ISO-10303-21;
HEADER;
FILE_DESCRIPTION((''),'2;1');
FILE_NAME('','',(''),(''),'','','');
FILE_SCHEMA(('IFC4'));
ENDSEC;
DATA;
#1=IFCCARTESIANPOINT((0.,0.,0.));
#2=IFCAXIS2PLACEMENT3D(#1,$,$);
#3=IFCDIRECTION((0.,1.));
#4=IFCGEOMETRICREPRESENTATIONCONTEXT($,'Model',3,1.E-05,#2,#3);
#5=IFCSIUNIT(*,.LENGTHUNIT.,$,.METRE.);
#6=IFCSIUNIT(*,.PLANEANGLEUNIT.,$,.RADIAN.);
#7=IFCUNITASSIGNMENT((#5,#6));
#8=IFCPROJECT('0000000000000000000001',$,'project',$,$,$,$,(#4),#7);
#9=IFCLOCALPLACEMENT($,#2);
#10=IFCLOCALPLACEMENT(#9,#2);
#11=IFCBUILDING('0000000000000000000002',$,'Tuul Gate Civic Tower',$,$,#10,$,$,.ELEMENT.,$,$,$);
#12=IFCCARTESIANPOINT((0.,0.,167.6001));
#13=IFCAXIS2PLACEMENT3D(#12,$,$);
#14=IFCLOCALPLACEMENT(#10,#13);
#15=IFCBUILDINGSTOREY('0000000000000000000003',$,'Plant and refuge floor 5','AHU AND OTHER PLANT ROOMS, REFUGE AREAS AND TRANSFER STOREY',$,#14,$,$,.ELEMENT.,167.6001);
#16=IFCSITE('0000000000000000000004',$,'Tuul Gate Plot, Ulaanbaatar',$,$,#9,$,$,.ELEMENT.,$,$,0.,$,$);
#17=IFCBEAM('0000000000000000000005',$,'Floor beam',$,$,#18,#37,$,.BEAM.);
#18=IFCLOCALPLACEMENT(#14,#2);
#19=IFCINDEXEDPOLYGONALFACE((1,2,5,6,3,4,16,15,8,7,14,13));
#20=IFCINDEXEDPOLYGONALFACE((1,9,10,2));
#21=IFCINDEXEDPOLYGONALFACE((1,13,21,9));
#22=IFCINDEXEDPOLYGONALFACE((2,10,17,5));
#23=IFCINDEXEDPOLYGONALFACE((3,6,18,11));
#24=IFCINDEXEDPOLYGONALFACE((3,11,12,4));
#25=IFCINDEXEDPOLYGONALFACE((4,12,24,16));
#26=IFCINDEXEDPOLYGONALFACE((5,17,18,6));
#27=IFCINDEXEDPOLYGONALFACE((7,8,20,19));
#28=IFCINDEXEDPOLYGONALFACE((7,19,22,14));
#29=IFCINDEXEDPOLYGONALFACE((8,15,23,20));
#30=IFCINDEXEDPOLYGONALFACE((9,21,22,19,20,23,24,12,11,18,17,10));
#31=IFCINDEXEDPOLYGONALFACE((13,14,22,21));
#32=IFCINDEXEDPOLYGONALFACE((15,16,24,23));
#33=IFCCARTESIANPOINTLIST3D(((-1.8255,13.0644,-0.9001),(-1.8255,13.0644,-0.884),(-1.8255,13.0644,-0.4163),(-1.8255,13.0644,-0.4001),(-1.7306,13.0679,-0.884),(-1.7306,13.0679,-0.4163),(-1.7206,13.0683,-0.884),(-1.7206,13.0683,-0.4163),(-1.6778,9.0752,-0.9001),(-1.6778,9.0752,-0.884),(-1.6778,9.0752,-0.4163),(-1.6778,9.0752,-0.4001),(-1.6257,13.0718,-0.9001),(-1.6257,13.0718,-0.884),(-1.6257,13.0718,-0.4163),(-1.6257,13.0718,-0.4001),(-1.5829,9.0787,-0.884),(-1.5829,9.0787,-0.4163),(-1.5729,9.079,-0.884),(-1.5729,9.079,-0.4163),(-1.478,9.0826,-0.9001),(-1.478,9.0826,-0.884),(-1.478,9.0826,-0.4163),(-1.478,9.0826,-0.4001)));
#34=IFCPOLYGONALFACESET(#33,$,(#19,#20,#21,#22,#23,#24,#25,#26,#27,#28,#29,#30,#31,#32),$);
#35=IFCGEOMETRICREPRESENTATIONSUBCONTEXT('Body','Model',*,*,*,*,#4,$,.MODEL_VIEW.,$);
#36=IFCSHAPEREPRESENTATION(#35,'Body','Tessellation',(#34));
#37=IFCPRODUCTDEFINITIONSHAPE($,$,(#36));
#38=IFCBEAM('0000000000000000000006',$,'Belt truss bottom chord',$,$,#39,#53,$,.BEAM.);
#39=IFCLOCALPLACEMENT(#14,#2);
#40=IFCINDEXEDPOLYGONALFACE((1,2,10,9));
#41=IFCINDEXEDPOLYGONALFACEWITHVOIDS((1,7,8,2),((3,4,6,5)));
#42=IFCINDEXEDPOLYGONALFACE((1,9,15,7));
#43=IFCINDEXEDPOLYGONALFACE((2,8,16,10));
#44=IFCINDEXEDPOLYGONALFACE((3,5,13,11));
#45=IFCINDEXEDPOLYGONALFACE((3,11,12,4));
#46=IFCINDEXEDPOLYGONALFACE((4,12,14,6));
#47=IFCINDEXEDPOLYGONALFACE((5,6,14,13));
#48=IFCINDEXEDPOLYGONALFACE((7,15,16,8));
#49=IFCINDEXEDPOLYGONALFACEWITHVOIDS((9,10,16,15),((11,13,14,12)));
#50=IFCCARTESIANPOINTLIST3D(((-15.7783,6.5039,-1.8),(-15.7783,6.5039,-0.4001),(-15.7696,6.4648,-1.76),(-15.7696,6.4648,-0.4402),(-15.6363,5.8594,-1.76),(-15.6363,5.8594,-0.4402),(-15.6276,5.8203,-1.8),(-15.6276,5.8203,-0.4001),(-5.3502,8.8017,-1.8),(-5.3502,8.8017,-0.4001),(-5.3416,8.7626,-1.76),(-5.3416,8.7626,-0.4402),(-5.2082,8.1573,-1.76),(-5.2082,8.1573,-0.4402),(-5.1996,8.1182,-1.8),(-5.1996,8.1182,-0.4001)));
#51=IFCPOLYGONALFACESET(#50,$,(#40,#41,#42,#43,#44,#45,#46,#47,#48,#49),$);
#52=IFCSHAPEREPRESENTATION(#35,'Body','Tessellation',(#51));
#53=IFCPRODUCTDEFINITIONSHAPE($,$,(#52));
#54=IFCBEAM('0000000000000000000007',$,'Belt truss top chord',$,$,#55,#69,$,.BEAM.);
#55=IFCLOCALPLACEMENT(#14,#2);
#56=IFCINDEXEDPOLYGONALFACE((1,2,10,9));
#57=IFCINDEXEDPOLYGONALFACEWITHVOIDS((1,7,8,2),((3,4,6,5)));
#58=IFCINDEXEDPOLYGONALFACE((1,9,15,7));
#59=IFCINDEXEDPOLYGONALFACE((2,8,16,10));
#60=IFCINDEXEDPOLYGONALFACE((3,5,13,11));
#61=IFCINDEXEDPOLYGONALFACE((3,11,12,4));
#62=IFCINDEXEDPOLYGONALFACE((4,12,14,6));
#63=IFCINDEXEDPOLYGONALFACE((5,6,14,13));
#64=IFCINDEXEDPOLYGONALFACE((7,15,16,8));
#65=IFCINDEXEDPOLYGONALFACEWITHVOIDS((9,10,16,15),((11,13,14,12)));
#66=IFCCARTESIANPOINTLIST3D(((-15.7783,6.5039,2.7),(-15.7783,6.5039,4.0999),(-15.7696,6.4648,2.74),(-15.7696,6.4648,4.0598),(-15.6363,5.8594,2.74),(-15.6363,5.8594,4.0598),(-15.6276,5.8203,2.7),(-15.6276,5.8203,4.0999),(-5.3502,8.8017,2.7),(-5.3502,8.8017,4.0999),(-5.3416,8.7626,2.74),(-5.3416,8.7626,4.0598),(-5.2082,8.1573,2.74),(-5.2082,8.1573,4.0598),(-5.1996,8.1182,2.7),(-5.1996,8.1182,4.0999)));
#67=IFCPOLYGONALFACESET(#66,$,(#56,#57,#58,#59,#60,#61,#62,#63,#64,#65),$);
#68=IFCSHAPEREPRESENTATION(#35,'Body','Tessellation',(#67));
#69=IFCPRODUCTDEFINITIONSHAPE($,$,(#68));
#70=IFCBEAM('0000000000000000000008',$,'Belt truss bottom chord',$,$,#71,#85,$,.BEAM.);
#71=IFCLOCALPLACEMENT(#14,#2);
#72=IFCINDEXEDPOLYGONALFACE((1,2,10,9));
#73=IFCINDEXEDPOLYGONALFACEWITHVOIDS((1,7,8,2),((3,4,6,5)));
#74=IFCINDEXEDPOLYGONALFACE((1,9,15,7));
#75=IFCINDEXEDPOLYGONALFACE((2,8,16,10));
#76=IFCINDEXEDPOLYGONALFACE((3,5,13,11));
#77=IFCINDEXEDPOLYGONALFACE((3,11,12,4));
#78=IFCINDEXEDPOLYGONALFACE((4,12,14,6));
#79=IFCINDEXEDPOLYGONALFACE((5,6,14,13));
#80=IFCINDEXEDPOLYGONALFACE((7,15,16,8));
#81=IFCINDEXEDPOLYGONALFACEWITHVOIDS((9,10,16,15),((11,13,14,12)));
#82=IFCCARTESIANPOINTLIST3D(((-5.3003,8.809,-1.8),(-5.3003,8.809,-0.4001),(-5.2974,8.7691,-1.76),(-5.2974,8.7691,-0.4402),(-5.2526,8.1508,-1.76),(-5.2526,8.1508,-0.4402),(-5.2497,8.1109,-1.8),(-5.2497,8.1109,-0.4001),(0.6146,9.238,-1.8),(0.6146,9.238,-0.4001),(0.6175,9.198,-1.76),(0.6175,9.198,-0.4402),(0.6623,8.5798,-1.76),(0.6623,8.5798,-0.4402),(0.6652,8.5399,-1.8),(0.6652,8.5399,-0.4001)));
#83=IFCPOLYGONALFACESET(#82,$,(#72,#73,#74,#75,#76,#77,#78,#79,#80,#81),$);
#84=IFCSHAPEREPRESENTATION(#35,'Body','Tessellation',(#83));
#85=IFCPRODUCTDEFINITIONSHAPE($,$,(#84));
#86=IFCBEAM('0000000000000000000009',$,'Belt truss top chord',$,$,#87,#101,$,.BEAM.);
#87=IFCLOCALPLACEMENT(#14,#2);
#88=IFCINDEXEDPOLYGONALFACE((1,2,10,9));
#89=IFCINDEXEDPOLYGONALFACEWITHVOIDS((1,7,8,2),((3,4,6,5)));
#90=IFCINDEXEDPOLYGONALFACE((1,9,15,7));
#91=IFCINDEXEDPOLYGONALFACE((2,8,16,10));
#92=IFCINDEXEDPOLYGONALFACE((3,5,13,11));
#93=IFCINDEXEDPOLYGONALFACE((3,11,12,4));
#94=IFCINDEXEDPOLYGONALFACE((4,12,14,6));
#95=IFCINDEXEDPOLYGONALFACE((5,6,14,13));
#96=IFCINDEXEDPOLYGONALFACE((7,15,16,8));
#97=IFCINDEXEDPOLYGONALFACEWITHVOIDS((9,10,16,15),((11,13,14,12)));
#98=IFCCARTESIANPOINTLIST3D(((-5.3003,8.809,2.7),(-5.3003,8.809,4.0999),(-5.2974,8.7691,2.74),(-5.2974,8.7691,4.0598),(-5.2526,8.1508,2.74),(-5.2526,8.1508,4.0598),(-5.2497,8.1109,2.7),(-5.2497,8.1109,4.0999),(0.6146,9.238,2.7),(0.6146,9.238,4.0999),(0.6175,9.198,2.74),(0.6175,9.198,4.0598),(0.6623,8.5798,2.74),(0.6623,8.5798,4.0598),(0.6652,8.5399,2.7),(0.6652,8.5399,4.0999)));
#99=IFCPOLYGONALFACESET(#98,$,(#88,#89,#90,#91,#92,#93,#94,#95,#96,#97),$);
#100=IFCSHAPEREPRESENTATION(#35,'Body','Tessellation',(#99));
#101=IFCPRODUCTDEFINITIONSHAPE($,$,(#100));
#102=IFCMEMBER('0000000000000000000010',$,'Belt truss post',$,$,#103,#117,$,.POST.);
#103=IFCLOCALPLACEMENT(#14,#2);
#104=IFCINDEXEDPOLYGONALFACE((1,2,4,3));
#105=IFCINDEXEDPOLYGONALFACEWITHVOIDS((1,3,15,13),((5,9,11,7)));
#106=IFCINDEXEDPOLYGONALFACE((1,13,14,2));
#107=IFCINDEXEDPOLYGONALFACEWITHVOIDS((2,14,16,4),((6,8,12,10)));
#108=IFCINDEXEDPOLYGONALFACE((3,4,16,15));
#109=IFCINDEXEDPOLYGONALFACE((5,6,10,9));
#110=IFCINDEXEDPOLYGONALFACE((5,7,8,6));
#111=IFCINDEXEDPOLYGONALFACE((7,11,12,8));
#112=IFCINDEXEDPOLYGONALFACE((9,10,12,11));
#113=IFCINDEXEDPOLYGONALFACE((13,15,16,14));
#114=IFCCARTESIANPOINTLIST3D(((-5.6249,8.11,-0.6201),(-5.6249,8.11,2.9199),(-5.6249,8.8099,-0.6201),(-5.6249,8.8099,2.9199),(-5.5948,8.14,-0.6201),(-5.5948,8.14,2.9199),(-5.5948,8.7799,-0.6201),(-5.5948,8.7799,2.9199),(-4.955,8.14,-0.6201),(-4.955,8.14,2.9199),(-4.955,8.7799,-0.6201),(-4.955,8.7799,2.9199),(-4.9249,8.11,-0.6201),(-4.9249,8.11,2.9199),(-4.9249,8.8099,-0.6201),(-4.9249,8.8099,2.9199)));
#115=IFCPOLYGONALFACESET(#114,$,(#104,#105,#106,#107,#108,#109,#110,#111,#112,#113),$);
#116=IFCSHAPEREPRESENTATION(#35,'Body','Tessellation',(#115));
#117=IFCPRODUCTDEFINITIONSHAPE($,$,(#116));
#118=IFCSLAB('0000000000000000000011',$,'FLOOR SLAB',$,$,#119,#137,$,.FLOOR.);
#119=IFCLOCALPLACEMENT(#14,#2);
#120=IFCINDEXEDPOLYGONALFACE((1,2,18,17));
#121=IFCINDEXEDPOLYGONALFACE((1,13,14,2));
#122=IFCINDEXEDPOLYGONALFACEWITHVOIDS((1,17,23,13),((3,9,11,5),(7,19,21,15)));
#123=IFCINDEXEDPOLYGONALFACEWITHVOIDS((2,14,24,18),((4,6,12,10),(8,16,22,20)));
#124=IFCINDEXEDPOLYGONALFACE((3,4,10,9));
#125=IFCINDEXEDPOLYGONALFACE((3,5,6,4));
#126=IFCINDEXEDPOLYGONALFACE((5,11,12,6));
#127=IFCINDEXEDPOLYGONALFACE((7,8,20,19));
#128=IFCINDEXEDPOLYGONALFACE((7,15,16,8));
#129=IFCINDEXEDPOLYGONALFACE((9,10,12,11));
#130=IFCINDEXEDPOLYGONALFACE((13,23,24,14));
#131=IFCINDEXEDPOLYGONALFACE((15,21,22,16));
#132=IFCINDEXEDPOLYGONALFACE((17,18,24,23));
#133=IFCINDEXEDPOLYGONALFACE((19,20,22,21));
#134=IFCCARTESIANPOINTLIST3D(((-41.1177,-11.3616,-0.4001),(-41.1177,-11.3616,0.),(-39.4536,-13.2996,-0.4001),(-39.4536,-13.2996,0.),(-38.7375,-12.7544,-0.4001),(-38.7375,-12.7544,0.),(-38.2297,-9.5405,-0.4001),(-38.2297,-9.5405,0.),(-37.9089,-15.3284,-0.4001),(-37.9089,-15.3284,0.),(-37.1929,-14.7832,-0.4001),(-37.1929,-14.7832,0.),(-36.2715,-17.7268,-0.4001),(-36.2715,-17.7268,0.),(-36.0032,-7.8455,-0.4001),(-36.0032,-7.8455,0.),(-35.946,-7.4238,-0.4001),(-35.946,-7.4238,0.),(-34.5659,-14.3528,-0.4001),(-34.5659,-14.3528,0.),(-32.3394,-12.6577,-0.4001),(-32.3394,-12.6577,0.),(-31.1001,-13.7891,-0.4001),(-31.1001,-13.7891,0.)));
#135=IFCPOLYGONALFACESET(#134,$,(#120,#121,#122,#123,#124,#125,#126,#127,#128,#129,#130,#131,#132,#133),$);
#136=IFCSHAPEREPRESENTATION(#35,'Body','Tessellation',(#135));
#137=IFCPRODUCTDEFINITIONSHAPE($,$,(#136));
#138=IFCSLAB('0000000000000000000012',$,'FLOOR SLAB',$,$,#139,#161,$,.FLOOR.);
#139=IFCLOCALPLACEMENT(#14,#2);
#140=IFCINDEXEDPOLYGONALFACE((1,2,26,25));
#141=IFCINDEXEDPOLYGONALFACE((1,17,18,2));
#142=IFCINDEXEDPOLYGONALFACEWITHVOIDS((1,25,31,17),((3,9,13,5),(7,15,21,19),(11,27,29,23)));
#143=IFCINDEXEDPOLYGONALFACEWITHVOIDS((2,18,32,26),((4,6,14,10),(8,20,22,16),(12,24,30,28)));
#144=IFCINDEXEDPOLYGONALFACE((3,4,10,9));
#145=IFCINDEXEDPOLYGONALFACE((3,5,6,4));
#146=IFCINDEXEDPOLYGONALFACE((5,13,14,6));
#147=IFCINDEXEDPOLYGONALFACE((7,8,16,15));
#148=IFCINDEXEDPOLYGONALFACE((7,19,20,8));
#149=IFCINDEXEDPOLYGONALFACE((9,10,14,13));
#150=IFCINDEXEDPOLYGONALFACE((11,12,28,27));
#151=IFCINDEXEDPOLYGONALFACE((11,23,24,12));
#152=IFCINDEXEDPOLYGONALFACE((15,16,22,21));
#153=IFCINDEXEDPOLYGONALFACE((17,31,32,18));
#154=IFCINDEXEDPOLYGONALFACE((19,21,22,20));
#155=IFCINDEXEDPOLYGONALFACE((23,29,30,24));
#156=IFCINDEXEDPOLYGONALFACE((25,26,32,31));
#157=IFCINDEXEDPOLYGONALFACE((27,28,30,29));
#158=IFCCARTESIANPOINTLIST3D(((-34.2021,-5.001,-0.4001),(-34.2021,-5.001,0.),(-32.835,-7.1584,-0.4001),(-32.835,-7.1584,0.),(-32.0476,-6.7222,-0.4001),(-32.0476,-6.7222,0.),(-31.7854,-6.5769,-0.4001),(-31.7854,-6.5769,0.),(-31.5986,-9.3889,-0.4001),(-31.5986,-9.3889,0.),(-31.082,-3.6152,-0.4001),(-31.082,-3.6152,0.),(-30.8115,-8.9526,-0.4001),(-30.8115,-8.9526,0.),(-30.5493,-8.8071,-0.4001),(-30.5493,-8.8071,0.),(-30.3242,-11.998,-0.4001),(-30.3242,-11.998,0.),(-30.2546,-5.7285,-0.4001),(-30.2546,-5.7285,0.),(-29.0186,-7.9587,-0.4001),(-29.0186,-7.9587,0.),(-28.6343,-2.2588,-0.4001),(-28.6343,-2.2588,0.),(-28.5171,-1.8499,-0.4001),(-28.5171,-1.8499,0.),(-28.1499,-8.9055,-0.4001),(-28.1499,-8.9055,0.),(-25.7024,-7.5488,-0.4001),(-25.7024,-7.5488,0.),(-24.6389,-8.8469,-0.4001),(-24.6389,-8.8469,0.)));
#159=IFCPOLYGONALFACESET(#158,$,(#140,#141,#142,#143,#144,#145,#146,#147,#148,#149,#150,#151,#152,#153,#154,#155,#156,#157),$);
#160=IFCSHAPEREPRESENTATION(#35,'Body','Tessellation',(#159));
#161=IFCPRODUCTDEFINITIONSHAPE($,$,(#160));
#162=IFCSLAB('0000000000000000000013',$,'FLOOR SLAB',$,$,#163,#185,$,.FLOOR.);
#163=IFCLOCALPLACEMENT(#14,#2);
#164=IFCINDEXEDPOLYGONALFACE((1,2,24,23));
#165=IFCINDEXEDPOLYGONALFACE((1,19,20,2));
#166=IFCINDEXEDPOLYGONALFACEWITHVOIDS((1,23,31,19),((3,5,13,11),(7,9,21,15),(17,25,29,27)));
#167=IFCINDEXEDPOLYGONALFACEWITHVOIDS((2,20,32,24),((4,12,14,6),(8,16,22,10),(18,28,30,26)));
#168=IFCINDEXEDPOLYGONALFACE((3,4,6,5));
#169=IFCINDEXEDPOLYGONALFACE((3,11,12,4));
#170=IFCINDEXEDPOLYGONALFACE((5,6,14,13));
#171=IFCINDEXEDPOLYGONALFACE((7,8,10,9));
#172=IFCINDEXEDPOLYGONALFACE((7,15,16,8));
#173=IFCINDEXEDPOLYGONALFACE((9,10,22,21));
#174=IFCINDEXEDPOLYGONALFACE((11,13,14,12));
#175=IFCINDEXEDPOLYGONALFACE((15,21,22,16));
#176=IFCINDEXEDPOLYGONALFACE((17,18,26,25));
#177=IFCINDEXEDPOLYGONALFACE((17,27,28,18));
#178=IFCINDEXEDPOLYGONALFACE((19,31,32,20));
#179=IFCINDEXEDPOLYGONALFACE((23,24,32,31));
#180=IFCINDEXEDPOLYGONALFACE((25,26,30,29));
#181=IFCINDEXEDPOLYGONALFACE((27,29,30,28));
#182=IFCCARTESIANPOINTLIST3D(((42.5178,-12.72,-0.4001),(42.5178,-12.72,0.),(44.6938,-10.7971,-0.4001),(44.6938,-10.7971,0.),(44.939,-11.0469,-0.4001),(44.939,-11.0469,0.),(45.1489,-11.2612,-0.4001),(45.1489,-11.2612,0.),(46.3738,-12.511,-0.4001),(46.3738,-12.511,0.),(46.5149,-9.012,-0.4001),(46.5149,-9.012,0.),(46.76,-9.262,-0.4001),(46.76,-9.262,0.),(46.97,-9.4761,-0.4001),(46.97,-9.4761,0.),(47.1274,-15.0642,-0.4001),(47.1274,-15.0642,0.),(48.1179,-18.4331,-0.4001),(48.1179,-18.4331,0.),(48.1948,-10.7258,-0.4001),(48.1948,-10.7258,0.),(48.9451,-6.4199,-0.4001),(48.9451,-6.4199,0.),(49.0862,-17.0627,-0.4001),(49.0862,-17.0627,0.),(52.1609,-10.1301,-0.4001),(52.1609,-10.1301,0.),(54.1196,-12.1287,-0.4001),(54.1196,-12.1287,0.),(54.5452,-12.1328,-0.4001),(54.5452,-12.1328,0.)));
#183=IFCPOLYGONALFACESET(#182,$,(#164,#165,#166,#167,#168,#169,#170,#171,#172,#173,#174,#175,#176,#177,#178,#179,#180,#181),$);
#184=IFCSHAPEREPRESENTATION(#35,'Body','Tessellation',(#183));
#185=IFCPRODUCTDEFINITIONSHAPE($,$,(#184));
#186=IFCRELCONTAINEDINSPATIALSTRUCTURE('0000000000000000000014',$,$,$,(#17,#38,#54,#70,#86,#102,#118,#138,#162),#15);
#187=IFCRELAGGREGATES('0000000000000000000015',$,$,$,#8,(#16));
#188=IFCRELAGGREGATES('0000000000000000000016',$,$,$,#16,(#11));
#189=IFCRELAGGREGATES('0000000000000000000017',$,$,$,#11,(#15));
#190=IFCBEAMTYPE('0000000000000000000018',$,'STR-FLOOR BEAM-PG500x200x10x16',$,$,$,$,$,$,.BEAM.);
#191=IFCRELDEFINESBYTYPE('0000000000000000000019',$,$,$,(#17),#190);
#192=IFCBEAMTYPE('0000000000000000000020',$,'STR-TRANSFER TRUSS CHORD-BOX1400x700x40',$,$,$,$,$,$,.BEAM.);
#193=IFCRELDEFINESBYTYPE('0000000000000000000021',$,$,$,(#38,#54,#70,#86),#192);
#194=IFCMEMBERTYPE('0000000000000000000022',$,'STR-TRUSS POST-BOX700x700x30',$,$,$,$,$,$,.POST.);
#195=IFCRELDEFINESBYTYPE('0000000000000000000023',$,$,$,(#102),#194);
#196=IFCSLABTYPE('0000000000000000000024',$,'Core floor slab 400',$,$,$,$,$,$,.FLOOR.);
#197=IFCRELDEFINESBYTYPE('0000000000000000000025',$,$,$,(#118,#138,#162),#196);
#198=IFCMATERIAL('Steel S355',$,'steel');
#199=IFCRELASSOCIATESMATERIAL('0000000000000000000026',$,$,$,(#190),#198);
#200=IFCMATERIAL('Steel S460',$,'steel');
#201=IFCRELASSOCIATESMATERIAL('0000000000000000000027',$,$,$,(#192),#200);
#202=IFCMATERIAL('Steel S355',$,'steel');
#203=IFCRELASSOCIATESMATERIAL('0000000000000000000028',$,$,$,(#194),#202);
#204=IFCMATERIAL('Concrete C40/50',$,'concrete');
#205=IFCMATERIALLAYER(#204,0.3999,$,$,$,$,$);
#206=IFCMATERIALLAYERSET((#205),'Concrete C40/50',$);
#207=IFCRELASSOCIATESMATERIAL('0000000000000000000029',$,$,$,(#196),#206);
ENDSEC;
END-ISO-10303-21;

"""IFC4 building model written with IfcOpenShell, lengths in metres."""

from ifc_helpers import new_model, si_unit, direction, frame, origin, origin_2d, place, context, subcontext, project, spatial, polyline, hollow_rectangle, i_section, outline, extrude, material, layer, layer_set, material_profile, profile_set, type_object, element, save


model = new_model("IFC4")

# Units and contexts
model_context = context("Model", 3, precision=1e-05, world=origin(), true_north=direction((0.0, 1.0)))
body_context = subcontext(model_context, "Body", "Model", "MODEL_VIEW")
ifc_project = project(units=[si_unit("LENGTHUNIT", "METRE"), si_unit("PLANEANGLEUNIT", "RADIAN")], contexts=[model_context])

# Site, building, storey
site_placement = place(None, origin())
site = spatial("IfcSite", under=ifc_project, at=site_placement, Name="Tuul Gate Plot, Ulaanbaatar", CompositionType="ELEMENT", RefElevation=0.0)
building_placement = place(site_placement, origin())
building = spatial("IfcBuilding", under=site, at=building_placement, Name="Tuul Gate Civic Tower", CompositionType="ELEMENT")
storey_placement = place(building_placement, frame((0.0, 0.0, 167.6001)))
storey = spatial("IfcBuildingStorey", under=building, at=storey_placement, Name="Plant and refuge floor 5", Description="AHU AND OTHER PLANT ROOMS, REFUGE AREAS AND TRANSFER STOREY", CompositionType="ELEMENT", Elevation=167.6001)

# Beams
ifc_material_1 = material(Name="Steel S355", Category="steel")
ifc_material_profile_1 = material_profile(ifc_material_1, i_section(OverallWidth=0.2, OverallDepth=0.5, WebThickness=0.01, FlangeThickness=0.0161, at=origin_2d()), Name="PG500x200x10x16")
ifc_profile_set_1 = profile_set([ifc_material_profile_1], Name="Steel S355")
beam_type_1 = type_object("IfcBeamType", Name="STR-FLOOR BEAM-PG500x200x10x16", PredefinedType="BEAM", material=ifc_profile_set_1)
beam_placement = place(storey_placement, frame((-1.5779, 9.0789, -0.6501), z_axis=(-0.037, 0.999315, 0.0), x_axis=(-0.999315, -0.037, 0.0)))
element("IfcBeam", 1, at=beam_placement, inside=storey, type_object=beam_type_1, Name="Floor beam", PredefinedType="BEAM", context=body_context, shape_type="SweptSolid", body=[
    extrude(i_section(OverallWidth=0.2, OverallDepth=0.5, WebThickness=0.01, FlangeThickness=0.0161, at=origin_2d()), origin(), (0.0, 0.0, 1.0), 3.9919),
])
ifc_material_2 = material(Name="Steel S460", Category="steel")
ifc_material_profile_2 = material_profile(ifc_material_2, hollow_rectangle(XDim=0.7, YDim=1.3999, WallThickness=0.04, at=origin_2d()), Name="BOX1400x700x40")
ifc_profile_set_2 = profile_set([ifc_material_profile_2], Name="Steel S460")
beam_type_2 = type_object("IfcBeamType", Name="STR-TRANSFER TRUSS CHORD-BOX1400x700x40", PredefinedType="BEAM", material=ifc_profile_set_2)
for number, where, z_axis, x_axis, name in (
    (2, (-5.2749, 8.46, -1.1001), (-0.976572, -0.215192, 0.0), (0.215192, -0.976572, 0.0), "Belt truss bottom chord"),
    (3, (-5.2749, 8.46, 3.3999), (-0.976572, -0.215192, 0.0), (0.215192, -0.976572, 0.0), "Belt truss top chord"),
):
    element("IfcBeam", number, at=place(storey_placement, frame(where, z_axis=z_axis, x_axis=x_axis)), inside=storey, type_object=beam_type_2, Name=name, PredefinedType="BEAM", context=body_context, shape_type="SweptSolid", body=[
        extrude(hollow_rectangle(XDim=0.7, YDim=1.3999, WallThickness=0.04, at=origin_2d()), origin(), (0.0, 0.0, 1.0), 10.6782),
    ])
for number, where, z_axis, x_axis, name in (
    (4, (0.6399, 8.8889, -1.1001), (-0.997381, -0.072332, 0.0), (0.072332, -0.997381, 0.0), "Belt truss bottom chord"),
    (5, (0.6399, 8.8889, 3.3999), (-0.997381, -0.072332, 0.0), (0.072332, -0.997381, 0.0), "Belt truss top chord"),
):
    element("IfcBeam", number, at=place(storey_placement, frame(where, z_axis=z_axis, x_axis=x_axis)), inside=storey, type_object=beam_type_2, Name=name, PredefinedType="BEAM", context=body_context, shape_type="SweptSolid", body=[
        extrude(hollow_rectangle(XDim=0.7, YDim=1.3999, WallThickness=0.04, at=origin_2d()), origin(), (0.0, 0.0, 1.0), 5.9304),
    ])

# Member
ifc_material_3 = material(Name="Steel S355", Category="steel")
ifc_material_profile_3 = material_profile(ifc_material_3, hollow_rectangle(XDim=0.7, YDim=0.7, WallThickness=0.03, at=origin_2d()), Name="BOX700x700x30")
ifc_profile_set_3 = profile_set([ifc_material_profile_3], Name="Steel S355")
member_type = type_object("IfcMemberType", Name="STR-TRUSS POST-BOX700x700x30", PredefinedType="POST", material=ifc_profile_set_3)
member_placement = place(storey_placement, frame((-5.2749, 8.46, -0.6201), z_axis=(0.0, 0.0, 1.0), x_axis=(1.0, 0.0, 0.0)))
element("IfcMember", 6, at=member_placement, inside=storey, type_object=member_type, Name="Belt truss post", PredefinedType="POST", context=body_context, shape_type="SweptSolid", body=[
    extrude(hollow_rectangle(XDim=0.7, YDim=0.7, WallThickness=0.03, at=origin_2d()), origin(), (0.0, 0.0, 1.0), 3.54),
])

# Slabs
ifc_material_4 = material(Name="Concrete C40/50", Category="concrete")
ifc_layer_1 = layer(ifc_material_4, 0.3999)
ifc_layer_set_1 = layer_set([ifc_layer_1], Name="Concrete C40/50")
slab_type_1 = type_object("IfcSlabType", Name="Core floor slab 400", PredefinedType="FLOOR", material=ifc_layer_set_1)
slab_1_placement = place(storey_placement, frame((0.0, 0.0, -0.4001)))
element("IfcSlab", 7, at=slab_1_placement, inside=storey, type_object=slab_type_1, Name="FLOOR SLAB", PredefinedType="FLOOR", context=body_context, shape_type="SweptSolid", body=[
    extrude(outline(polyline([(-31.1001, -13.7891), (-35.946, -7.4238), (-41.1177, -11.3616), (-36.2715, -17.7268), (-31.1001, -13.7891)]), holes=[polyline([(-37.1929, -14.7832), (-38.7375, -12.7544), (-39.4536, -13.2996), (-37.9089, -15.3284), (-37.1929, -14.7832)]), polyline([(-32.3394, -12.6577), (-34.5659, -14.3528), (-38.2297, -9.5405), (-36.0032, -7.8455), (-32.3394, -12.6577)])]), origin(), (0.0, 0.0, 1.0), 0.4001),
])
slab_2_placement = place(storey_placement, frame((0.0, 0.0, -0.4001)))
element("IfcSlab", 8, at=slab_2_placement, inside=storey, type_object=slab_type_1, Name="FLOOR SLAB", PredefinedType="FLOOR", context=body_context, shape_type="SweptSolid", body=[
    extrude(outline(polyline([(-24.6389, -8.8469), (-28.5171, -1.8499), (-34.2021, -5.001), (-30.3242, -11.998), (-24.6389, -8.8469)]), holes=[polyline([(-29.0186, -7.9587), (-30.2546, -5.7285), (-31.7854, -6.5769), (-30.5493, -8.8071), (-29.0186, -7.9587)]), polyline([(-30.8115, -8.9526), (-32.0476, -6.7222), (-32.835, -7.1584), (-31.5986, -9.3889), (-30.8115, -8.9526)]), polyline([(-25.7024, -7.5488), (-28.1499, -8.9055), (-31.082, -3.6152), (-28.6343, -2.2588), (-25.7024, -7.5488)])]), origin(), (0.0, 0.0, 1.0), 0.4001),
])
slab_3_placement = place(storey_placement, frame((0.0, 0.0, -0.4001)))
element("IfcSlab", 9, at=slab_3_placement, inside=storey, type_object=slab_type_1, Name="FLOOR SLAB", PredefinedType="FLOOR", context=body_context, shape_type="SweptSolid", body=[
    extrude(outline(polyline([(48.1179, -18.4331), (54.5452, -12.1328), (48.9451, -6.4199), (42.5178, -12.72), (48.1179, -18.4331)]), holes=[polyline([(46.3738, -12.511), (48.1948, -10.7258), (46.97, -9.4761), (45.1489, -11.2612), (46.3738, -12.511)]), polyline([(44.939, -11.0469), (46.76, -9.262), (46.5149, -9.012), (44.6938, -10.7971), (44.939, -11.0469)]), polyline([(49.0862, -17.0627), (47.1274, -15.0642), (52.1609, -10.1301), (54.1196, -12.1287), (49.0862, -17.0627)])]), origin(), (0.0, 0.0, 1.0), 0.4001),
])

save(model, "model.ifc")
